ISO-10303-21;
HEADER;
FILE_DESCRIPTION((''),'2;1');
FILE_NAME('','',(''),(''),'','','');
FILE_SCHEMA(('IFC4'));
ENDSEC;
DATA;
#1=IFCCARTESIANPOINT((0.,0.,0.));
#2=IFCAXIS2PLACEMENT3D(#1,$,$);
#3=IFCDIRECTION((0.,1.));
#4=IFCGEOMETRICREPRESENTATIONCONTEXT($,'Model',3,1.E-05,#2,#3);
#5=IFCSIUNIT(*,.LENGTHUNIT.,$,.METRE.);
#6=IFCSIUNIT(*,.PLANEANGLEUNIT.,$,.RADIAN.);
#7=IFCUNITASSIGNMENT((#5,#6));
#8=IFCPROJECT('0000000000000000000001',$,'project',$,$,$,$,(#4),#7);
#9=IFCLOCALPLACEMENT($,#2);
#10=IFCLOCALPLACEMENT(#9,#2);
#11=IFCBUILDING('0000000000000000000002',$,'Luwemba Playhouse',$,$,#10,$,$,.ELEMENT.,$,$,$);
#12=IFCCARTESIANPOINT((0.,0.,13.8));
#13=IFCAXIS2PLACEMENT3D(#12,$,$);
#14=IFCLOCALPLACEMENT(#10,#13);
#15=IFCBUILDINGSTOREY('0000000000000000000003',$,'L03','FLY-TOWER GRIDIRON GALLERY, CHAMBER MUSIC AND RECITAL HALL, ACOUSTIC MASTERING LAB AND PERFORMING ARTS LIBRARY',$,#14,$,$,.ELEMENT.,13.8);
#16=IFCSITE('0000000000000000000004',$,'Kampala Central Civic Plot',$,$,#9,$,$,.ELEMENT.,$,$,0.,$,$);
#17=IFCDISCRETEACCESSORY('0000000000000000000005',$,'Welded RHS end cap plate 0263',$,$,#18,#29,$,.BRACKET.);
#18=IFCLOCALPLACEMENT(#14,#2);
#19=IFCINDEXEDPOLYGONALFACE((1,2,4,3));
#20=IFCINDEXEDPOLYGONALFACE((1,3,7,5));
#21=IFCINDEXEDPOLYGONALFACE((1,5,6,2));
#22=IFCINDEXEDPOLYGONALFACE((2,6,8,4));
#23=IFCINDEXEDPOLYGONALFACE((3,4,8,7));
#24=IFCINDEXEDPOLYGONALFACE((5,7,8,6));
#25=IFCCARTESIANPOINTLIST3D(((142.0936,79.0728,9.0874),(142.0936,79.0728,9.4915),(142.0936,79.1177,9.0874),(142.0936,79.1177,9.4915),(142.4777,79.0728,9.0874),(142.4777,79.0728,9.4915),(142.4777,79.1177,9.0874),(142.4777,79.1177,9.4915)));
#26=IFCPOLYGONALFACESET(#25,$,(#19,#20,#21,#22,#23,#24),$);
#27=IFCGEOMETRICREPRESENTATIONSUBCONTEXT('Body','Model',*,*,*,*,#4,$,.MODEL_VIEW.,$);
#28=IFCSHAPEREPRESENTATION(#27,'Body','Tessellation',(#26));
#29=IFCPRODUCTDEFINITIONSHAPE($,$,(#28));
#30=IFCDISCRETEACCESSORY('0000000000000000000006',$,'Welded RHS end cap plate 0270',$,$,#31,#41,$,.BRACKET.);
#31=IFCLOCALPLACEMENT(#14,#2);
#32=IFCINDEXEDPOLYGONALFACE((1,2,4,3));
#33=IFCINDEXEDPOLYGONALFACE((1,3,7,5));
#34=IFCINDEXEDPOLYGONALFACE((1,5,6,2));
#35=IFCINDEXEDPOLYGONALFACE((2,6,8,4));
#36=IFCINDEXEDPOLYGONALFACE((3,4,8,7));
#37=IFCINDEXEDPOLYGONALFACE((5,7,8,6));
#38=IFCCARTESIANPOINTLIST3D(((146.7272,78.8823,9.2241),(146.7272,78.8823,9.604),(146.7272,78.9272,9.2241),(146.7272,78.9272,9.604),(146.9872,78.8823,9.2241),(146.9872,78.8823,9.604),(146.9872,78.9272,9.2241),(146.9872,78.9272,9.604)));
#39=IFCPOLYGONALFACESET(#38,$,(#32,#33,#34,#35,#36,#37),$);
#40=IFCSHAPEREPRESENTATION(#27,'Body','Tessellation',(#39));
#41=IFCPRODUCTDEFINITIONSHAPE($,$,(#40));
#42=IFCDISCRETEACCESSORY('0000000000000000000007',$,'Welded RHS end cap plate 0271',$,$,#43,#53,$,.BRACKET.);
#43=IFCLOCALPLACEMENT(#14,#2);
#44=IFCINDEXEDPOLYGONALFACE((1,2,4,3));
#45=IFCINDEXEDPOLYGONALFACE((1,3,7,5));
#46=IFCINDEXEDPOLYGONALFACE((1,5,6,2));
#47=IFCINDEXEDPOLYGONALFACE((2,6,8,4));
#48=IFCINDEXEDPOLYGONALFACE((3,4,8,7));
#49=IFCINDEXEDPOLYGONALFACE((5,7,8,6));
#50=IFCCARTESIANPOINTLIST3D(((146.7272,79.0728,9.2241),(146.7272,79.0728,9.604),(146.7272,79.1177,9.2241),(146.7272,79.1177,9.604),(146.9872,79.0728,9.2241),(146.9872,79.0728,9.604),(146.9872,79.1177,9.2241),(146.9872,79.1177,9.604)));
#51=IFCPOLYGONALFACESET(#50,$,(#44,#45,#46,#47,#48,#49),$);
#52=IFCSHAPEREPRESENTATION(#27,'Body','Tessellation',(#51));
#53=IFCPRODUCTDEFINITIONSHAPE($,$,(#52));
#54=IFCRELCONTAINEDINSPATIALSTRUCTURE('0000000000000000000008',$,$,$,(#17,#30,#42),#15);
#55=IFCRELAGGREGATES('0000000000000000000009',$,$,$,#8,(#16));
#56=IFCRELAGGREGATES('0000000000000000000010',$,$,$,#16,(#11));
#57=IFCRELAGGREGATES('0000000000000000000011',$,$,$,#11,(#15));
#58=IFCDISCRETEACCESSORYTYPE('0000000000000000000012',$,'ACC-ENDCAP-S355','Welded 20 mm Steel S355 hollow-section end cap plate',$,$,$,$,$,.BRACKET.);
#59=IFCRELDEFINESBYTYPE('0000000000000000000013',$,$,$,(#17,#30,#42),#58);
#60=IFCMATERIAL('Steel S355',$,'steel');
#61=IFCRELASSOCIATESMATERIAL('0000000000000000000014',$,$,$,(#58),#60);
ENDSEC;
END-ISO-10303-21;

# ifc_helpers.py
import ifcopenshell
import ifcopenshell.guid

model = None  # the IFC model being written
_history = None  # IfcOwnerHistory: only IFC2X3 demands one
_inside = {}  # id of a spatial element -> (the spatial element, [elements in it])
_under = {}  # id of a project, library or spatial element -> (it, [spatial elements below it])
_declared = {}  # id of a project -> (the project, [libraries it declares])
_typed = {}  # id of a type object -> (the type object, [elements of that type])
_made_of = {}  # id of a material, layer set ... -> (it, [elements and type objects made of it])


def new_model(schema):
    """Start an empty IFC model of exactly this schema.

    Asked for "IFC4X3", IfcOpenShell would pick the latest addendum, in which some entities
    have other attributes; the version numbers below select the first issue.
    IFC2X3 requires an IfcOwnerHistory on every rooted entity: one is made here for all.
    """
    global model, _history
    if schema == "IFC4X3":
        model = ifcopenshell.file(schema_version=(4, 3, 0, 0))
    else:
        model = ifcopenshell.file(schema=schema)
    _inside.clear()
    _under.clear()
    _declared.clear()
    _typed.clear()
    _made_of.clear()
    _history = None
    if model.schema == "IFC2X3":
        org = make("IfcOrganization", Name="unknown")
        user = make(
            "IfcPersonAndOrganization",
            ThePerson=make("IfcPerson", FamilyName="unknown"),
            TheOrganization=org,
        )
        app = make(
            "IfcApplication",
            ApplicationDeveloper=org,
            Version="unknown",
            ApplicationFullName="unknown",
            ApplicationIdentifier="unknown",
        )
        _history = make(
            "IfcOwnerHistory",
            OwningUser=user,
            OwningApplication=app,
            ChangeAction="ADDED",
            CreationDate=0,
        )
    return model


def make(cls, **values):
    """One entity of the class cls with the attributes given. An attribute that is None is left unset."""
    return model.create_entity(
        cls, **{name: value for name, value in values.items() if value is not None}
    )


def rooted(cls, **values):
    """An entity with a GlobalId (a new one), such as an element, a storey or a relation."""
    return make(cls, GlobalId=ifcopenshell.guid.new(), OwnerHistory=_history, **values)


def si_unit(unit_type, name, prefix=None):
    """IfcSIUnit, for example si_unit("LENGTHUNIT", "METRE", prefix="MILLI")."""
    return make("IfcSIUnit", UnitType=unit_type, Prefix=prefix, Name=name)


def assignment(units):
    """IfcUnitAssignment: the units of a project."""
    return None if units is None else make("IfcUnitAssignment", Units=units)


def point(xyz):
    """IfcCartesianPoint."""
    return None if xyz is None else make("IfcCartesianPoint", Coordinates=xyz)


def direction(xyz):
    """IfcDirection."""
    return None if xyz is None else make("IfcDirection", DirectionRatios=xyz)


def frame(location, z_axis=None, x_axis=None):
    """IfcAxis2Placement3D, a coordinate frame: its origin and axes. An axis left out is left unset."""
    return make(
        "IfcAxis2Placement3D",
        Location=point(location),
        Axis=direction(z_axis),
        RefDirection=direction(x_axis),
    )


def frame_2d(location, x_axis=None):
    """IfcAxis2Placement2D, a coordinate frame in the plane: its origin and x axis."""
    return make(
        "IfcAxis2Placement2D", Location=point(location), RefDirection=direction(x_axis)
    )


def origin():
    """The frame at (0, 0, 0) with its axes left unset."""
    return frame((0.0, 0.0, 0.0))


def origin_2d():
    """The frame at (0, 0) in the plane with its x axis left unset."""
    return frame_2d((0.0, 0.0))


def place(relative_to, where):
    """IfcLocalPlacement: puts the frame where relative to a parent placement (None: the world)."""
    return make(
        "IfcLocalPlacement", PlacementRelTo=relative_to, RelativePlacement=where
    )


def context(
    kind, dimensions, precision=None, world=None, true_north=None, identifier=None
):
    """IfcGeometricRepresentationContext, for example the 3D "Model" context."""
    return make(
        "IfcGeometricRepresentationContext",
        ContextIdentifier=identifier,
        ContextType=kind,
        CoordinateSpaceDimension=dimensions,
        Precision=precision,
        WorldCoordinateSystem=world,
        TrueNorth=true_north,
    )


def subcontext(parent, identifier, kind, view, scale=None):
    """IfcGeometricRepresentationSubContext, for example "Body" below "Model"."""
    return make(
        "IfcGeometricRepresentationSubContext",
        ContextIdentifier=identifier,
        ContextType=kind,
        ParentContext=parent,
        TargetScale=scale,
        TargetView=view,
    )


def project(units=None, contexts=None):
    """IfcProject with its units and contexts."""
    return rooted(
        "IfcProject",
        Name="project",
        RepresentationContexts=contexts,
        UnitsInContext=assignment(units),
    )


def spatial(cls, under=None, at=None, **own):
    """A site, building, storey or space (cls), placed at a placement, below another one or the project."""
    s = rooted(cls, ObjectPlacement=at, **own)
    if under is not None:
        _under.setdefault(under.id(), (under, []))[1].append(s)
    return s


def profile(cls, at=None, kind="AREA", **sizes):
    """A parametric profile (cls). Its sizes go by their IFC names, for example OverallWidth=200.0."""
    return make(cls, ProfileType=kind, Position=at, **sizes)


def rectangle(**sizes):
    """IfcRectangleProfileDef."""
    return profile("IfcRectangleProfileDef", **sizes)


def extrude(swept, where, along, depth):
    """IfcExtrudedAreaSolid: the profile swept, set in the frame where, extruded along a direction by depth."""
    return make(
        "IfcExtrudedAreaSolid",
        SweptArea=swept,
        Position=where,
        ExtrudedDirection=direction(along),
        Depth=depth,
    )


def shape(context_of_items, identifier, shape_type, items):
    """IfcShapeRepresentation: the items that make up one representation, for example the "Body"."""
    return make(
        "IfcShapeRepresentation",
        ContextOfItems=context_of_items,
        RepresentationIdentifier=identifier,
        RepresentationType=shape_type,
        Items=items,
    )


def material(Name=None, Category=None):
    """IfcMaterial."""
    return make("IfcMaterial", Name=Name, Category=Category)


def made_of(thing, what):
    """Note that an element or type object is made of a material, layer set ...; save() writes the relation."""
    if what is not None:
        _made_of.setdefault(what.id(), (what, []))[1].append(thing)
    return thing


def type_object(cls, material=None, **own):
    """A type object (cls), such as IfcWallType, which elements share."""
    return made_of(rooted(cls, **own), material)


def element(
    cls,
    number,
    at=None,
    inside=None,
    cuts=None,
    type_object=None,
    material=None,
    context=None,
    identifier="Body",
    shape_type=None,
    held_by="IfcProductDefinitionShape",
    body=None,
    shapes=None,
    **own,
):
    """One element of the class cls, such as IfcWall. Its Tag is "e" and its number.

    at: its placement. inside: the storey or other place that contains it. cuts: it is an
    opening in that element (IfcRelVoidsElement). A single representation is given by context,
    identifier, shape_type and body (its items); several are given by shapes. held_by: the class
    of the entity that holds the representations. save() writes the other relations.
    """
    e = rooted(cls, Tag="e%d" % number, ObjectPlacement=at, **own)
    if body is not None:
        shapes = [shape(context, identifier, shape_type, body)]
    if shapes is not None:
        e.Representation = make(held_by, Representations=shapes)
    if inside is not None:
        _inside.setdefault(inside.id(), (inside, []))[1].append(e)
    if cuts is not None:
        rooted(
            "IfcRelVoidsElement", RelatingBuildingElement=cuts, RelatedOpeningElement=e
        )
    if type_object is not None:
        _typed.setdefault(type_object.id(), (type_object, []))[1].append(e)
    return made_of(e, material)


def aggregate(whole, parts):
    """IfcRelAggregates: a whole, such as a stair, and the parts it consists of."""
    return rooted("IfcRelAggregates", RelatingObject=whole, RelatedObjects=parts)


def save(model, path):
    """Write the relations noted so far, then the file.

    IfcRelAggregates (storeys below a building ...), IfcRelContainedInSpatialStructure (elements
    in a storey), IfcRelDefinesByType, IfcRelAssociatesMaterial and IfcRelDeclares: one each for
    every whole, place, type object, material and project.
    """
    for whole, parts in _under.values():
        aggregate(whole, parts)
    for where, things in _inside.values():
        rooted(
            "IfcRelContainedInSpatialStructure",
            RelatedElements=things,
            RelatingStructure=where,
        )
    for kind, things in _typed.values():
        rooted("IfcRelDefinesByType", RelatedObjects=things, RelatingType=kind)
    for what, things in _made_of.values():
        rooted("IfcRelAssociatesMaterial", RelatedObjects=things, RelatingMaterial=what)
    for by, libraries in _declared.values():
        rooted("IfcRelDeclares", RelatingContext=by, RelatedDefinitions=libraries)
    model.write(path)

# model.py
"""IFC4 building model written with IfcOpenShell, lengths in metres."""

from ifc_helpers import new_model, si_unit, direction, frame, origin, origin_2d, place, context, subcontext, project, spatial, rectangle, extrude, material, type_object, element, save


model = new_model("IFC4")

# Units and contexts
model_context = context("Model", 3, precision=1e-05, world=origin(), true_north=direction((0.0, 1.0)))
body_context = subcontext(model_context, "Body", "Model", "MODEL_VIEW")
ifc_project = project(units=[si_unit("LENGTHUNIT", "METRE"), si_unit("PLANEANGLEUNIT", "RADIAN")], contexts=[model_context])

# Site, building, storey
site_placement = place(None, origin())
site = spatial("IfcSite", under=ifc_project, at=site_placement, Name="Kampala Central Civic Plot", CompositionType="ELEMENT", RefElevation=0.0)
building_placement = place(site_placement, origin())
building = spatial("IfcBuilding", under=site, at=building_placement, Name="Luwemba Playhouse", CompositionType="ELEMENT")
storey_placement = place(building_placement, frame((0.0, 0.0, 13.8)))
storey = spatial("IfcBuildingStorey", under=building, at=storey_placement, Name="L03", Description="FLY-TOWER GRIDIRON GALLERY, CHAMBER MUSIC AND RECITAL HALL, ACOUSTIC MASTERING LAB AND PERFORMING ARTS LIBRARY", CompositionType="ELEMENT", Elevation=13.8)

# Shared definitions
ifc_material_1 = material(Name="Steel S355", Category="steel")

# Discrete accessories
discrete_accessory_type = type_object("IfcDiscreteAccessoryType", Name="ACC-ENDCAP-S355", Description="Welded 20 mm Steel S355 hollow-section end cap plate", PredefinedType="BRACKET", material=ifc_material_1)
for number, where, z_axis, x_axis, name in (
    (1, (142.2856, 79.0952, 9.0874), (0.0, 0.0, 1.0), (1.0, 0.0, 0.0), "Welded RHS end cap plate 0263"),
):
    element("IfcDiscreteAccessory", number, at=place(storey_placement, frame(where, z_axis=z_axis, x_axis=x_axis)), inside=storey, type_object=discrete_accessory_type, Name=name, PredefinedType="BRACKET", context=body_context, shape_type="SweptSolid", body=[
        extrude(rectangle(XDim=0.384, YDim=0.0449, at=origin_2d()), origin(), (0.0, 0.0, 1.0), 0.4041),
    ])
for number, where, z_axis, x_axis, name in (
    (2, (146.8572, 78.9048, 9.2241), (0.0, 0.0, 1.0), (1.0, 0.0, 0.0), "Welded RHS end cap plate 0270"),
    (3, (146.8572, 79.0952, 9.2241), (0.0, 0.0, 1.0), (1.0, 0.0, 0.0), "Welded RHS end cap plate 0271"),
):
    element("IfcDiscreteAccessory", number, at=place(storey_placement, frame(where, z_axis=z_axis, x_axis=x_axis)), inside=storey, type_object=discrete_accessory_type, Name=name, PredefinedType="BRACKET", context=body_context, shape_type="SweptSolid", body=[
        extrude(rectangle(XDim=0.26, YDim=0.0449, at=origin_2d()), origin(), (0.0, 0.0, 1.0), 0.3799),
    ])

save(model, "model.ifc")
